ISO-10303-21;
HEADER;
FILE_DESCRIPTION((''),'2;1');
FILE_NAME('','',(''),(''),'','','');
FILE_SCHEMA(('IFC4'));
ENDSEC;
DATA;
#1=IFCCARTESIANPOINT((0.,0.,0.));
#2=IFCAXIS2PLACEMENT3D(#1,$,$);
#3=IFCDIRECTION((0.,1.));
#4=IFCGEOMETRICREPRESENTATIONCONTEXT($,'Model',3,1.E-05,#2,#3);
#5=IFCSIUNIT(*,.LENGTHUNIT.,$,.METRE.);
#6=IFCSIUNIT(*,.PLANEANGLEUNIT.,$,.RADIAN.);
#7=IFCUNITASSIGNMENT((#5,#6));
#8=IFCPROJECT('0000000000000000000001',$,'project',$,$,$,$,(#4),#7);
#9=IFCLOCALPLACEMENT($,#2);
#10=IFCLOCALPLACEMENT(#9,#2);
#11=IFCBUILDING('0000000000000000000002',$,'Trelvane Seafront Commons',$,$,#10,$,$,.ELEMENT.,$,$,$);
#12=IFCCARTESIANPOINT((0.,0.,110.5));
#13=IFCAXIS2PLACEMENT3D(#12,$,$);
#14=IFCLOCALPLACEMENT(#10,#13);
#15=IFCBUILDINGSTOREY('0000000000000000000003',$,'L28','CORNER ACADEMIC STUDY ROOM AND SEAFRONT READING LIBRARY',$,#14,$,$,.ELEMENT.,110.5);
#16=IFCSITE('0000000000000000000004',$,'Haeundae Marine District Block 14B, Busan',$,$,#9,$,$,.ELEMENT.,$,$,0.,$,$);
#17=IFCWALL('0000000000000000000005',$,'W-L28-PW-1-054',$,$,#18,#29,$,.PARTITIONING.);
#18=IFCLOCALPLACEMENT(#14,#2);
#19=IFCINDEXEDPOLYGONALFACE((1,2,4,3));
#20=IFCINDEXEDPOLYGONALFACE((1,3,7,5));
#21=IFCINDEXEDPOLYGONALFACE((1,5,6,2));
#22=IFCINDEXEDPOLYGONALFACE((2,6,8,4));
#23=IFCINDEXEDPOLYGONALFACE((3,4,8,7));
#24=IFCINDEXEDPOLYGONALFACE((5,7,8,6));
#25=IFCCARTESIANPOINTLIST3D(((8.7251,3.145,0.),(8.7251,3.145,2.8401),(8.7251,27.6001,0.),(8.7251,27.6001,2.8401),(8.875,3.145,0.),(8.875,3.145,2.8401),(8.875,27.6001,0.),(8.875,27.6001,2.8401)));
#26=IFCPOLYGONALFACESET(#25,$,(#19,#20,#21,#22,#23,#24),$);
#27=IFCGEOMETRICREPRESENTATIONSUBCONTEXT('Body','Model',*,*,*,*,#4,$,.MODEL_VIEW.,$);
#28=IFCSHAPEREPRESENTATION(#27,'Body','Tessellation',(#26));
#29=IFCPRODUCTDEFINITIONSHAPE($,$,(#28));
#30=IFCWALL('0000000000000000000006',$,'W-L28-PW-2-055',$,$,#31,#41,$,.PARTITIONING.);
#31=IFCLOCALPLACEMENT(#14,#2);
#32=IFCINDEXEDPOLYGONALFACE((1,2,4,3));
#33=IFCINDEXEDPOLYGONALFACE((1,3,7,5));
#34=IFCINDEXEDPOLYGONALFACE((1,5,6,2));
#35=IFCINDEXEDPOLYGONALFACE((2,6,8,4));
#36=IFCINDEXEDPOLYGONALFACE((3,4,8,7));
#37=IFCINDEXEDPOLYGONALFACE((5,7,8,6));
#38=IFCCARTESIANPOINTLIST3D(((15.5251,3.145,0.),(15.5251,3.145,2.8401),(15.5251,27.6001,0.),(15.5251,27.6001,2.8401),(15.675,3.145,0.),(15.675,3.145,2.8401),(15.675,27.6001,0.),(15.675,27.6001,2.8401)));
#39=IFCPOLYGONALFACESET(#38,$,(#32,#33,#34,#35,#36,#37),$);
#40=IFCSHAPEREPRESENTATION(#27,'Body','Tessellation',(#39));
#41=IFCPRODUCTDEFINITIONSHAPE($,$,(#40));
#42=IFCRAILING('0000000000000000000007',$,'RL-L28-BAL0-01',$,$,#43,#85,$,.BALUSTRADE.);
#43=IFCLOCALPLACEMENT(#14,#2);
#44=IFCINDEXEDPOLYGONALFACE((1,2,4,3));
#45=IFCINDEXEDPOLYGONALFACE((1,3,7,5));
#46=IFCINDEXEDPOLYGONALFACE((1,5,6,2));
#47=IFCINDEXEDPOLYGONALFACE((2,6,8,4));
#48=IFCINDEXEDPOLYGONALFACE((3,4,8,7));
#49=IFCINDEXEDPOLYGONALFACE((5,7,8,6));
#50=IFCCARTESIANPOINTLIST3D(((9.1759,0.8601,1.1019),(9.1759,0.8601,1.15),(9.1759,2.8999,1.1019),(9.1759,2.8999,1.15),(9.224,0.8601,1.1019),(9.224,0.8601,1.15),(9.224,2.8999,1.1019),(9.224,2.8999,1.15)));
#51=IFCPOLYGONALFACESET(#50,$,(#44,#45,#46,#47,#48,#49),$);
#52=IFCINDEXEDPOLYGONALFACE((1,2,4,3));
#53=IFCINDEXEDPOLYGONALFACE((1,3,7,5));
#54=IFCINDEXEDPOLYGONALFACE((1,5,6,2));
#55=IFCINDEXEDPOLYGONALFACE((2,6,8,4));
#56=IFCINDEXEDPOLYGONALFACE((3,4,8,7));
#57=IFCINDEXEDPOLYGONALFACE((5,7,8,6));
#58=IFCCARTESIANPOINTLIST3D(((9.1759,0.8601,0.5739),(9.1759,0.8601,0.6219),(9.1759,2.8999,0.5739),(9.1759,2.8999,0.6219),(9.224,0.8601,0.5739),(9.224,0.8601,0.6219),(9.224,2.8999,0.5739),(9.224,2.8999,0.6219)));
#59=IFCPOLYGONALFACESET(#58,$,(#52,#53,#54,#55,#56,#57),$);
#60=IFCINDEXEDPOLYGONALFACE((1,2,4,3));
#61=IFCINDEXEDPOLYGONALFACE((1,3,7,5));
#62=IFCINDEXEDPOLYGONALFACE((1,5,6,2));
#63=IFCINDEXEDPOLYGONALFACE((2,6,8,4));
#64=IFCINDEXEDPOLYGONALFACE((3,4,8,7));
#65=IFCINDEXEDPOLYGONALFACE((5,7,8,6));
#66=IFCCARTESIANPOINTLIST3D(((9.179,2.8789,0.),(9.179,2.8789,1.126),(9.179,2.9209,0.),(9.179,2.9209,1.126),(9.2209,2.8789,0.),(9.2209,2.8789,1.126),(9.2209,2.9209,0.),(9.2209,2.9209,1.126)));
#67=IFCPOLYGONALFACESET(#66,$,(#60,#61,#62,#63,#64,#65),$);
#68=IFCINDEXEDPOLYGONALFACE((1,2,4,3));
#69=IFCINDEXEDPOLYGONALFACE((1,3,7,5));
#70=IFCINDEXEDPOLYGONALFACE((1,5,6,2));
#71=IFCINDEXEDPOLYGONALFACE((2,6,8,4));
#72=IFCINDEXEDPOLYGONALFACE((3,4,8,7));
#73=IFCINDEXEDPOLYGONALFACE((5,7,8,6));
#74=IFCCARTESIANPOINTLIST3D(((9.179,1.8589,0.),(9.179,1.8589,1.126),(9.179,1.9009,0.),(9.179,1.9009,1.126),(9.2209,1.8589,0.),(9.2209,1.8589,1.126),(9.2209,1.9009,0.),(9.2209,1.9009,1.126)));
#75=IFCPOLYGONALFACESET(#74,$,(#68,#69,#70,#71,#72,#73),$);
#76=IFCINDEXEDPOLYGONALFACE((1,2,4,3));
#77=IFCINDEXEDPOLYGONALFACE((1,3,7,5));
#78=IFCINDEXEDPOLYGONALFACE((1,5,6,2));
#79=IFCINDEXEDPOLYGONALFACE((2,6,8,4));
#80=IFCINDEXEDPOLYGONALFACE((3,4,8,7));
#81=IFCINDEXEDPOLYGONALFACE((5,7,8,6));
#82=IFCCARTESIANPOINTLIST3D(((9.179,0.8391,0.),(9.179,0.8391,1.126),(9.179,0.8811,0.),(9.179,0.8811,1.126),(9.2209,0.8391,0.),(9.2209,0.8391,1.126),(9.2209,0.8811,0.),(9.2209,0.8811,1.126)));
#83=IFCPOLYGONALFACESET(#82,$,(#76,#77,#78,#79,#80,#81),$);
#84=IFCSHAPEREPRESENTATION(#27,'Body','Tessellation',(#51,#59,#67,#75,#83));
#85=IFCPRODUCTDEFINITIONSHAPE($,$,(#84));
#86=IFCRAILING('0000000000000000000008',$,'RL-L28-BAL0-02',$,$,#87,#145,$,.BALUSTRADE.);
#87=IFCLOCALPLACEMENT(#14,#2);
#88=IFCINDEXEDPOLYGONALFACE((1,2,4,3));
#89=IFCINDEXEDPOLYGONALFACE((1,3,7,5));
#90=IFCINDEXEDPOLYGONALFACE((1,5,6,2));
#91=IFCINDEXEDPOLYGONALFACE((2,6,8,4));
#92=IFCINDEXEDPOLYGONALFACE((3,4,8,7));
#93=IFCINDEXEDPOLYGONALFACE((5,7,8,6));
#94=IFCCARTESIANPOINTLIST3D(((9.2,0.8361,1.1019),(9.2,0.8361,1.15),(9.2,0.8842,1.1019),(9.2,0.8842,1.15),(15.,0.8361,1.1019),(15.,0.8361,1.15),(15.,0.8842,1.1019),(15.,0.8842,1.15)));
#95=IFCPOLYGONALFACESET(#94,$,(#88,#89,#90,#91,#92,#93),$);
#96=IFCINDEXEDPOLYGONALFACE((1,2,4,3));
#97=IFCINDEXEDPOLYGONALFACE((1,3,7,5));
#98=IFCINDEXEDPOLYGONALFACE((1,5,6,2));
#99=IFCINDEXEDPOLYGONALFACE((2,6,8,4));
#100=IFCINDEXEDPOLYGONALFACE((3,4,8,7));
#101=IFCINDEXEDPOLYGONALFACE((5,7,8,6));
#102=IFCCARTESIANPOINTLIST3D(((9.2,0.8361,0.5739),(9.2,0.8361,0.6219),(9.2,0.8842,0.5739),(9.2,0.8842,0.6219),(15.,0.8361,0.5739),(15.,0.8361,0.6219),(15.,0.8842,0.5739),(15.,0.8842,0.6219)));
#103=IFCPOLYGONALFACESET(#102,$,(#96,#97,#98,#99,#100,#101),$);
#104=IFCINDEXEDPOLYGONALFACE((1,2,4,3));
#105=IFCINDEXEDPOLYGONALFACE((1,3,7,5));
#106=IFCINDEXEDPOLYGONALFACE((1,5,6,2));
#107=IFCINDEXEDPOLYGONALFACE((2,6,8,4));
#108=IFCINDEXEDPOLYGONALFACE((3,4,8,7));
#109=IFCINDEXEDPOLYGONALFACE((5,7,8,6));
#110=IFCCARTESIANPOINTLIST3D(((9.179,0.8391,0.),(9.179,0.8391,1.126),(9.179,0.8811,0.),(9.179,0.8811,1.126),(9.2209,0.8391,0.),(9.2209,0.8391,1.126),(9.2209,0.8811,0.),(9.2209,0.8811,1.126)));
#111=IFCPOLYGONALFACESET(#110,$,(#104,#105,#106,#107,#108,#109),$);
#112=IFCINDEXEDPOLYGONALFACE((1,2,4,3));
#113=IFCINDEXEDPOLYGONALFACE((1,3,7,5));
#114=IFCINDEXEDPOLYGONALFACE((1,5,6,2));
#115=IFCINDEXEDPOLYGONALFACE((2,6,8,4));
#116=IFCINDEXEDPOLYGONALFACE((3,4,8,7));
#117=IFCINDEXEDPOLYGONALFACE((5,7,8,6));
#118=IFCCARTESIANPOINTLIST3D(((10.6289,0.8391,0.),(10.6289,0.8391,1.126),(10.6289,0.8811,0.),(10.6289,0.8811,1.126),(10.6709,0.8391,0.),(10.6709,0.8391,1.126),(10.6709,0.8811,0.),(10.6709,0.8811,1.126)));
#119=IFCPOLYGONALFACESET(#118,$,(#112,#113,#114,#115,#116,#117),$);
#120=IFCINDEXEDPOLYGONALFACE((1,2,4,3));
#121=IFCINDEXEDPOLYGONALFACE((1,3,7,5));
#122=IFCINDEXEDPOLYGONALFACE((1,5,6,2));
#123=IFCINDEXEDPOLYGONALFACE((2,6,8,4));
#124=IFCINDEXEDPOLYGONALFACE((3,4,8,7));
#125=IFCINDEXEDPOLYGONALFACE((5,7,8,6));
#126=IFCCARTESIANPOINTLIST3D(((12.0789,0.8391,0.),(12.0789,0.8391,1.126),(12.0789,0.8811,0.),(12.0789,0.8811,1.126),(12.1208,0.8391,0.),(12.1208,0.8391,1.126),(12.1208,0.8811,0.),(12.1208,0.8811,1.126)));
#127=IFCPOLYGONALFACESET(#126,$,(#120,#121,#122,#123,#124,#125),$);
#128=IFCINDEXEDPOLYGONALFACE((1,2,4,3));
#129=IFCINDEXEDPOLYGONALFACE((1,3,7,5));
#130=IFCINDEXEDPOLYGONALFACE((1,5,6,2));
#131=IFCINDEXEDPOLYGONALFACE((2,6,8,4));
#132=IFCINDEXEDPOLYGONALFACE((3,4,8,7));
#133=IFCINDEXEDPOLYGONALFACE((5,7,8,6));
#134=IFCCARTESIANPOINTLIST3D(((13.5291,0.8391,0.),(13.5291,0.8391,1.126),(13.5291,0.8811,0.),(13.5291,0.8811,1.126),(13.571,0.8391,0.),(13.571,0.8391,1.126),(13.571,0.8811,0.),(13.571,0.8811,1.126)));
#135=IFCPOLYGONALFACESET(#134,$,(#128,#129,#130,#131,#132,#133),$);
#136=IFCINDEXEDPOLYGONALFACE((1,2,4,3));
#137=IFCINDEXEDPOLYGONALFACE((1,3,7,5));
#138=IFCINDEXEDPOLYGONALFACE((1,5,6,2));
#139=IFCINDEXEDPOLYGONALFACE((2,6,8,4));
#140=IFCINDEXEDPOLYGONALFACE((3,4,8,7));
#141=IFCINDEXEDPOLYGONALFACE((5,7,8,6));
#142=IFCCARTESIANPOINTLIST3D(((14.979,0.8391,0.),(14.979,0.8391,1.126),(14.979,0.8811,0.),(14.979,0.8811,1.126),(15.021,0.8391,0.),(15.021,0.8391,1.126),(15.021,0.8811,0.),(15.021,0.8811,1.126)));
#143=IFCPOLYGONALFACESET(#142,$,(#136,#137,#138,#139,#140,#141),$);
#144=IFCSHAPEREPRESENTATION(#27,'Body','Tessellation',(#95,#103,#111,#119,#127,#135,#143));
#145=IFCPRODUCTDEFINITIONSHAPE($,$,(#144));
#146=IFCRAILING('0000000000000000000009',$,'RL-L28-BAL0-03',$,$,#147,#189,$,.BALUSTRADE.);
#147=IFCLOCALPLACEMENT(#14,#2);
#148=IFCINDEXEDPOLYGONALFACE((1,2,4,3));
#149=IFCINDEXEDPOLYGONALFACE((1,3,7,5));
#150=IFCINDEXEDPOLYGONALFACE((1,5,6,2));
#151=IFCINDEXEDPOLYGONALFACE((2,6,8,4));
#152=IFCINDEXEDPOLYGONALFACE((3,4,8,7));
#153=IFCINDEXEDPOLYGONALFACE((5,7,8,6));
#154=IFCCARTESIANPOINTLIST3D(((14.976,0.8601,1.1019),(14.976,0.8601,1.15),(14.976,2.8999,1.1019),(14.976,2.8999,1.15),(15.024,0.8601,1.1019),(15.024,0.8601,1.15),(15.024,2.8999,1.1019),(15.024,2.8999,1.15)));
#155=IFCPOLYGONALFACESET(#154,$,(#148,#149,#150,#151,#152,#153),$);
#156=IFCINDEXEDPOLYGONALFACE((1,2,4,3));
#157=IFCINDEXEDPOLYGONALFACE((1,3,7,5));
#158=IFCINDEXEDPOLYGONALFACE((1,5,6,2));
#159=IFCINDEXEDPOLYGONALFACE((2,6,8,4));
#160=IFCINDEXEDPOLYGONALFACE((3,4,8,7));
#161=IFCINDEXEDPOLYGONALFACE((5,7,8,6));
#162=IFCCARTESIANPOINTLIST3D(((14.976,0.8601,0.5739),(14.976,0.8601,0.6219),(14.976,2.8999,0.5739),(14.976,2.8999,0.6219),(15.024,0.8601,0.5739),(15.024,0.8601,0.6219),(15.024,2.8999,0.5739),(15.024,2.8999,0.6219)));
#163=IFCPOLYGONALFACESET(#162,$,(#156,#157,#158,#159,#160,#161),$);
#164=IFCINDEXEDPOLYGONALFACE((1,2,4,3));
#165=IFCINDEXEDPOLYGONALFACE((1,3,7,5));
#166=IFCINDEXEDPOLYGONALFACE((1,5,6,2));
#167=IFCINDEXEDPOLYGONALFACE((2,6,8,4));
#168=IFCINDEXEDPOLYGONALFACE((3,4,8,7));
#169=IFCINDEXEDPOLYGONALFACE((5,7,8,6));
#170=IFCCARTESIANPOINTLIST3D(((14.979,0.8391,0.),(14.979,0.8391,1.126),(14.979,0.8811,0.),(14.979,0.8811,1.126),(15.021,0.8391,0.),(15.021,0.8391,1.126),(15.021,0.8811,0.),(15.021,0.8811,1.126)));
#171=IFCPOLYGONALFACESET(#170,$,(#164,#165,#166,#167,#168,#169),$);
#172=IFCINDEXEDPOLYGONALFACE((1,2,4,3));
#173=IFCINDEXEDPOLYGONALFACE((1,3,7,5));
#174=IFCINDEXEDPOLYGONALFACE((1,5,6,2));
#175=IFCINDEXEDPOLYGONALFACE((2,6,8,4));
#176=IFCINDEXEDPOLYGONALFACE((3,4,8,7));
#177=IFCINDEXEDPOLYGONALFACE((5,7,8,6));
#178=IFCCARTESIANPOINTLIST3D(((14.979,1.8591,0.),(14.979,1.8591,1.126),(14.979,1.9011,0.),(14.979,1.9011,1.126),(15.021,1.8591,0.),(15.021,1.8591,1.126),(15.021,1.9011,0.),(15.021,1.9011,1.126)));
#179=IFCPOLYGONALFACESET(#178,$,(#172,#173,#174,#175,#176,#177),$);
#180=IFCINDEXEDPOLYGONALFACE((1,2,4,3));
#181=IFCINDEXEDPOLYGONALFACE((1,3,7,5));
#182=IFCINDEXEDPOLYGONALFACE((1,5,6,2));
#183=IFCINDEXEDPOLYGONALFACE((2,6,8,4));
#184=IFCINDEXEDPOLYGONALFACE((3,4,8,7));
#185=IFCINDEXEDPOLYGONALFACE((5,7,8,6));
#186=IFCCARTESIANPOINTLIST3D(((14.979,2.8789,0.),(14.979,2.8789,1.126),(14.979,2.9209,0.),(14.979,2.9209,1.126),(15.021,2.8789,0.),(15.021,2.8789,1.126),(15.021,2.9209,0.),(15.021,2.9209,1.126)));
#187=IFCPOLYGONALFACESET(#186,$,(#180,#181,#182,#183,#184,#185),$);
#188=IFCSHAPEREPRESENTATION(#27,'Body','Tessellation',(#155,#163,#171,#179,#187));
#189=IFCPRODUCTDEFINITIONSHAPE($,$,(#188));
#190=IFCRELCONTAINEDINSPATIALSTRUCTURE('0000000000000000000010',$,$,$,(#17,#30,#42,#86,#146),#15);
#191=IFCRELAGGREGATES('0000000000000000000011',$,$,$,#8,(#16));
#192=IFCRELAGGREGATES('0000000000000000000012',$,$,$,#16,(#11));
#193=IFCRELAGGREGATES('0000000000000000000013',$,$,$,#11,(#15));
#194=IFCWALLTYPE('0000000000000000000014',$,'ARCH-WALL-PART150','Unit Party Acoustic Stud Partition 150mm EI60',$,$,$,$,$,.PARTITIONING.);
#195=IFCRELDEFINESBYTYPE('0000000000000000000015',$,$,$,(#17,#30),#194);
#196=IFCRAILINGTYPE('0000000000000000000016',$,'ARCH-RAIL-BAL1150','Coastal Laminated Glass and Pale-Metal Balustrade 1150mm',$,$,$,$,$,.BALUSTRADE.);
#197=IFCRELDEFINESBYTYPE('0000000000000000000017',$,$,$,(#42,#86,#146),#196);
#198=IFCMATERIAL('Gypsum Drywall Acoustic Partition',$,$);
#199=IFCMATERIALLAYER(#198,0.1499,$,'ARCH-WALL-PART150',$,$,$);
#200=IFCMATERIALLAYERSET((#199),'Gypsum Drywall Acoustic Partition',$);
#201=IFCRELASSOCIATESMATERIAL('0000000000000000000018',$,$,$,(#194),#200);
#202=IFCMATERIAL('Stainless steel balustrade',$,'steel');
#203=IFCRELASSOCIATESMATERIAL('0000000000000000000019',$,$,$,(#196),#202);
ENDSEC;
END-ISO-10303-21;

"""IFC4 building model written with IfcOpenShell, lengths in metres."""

from ifc_helpers import new_model, si_unit, direction, frame, frame_2d, origin, origin_2d, place, context, subcontext, project, spatial, rectangle, extrude, material, layer, layer_set, type_object, element, save


model = new_model("IFC4")

# Units and contexts
model_context = context("Model", 3, precision=1e-05, world=origin(), true_north=direction((0.0, 1.0)))
body_context = subcontext(model_context, "Body", "Model", "MODEL_VIEW")
ifc_project = project(units=[si_unit("LENGTHUNIT", "METRE"), si_unit("PLANEANGLEUNIT", "RADIAN")], contexts=[model_context])

# Site, building, storey
site_placement = place(None, origin())
site = spatial("IfcSite", under=ifc_project, at=site_placement, Name="Haeundae Marine District Block 14B, Busan", CompositionType="ELEMENT", RefElevation=0.0)
building_placement = place(site_placement, origin())
building = spatial("IfcBuilding", under=site, at=building_placement, Name="Trelvane Seafront Commons", CompositionType="ELEMENT")
storey_placement = place(building_placement, frame((0.0, 0.0, 110.5)))
storey = spatial("IfcBuildingStorey", under=building, at=storey_placement, Name="L28", Description="CORNER ACADEMIC STUDY ROOM AND SEAFRONT READING LIBRARY", CompositionType="ELEMENT", Elevation=110.5)

# Walls
ifc_material_1 = material(Name="Gypsum Drywall Acoustic Partition")
ifc_layer_1 = layer(ifc_material_1, 0.1499, Name="ARCH-WALL-PART150")
ifc_layer_set_1 = layer_set([ifc_layer_1], Name="Gypsum Drywall Acoustic Partition")
wall_type_1 = type_object("IfcWallType", Name="ARCH-WALL-PART150", Description="Unit Party Acoustic Stud Partition 150mm EI60", PredefinedType="PARTITIONING", material=ifc_layer_set_1)
for number, where, z_axis, x_axis, name in (
    (1, (8.8, 3.145, 0.0), (0.0, 0.0, 1.0), (0.0, 1.0, 0.0), "W-L28-PW-1-054"),
    (2, (15.6001, 3.145, 0.0), (0.0, 0.0, 1.0), (0.0, 1.0, 0.0), "W-L28-PW-2-055"),
):
    element("IfcWall", number, at=place(storey_placement, frame(where, z_axis=z_axis, x_axis=x_axis)), inside=storey, type_object=wall_type_1, Name=name, PredefinedType="PARTITIONING", context=body_context, shape_type="SweptSolid", body=[
        extrude(rectangle(XDim=24.4551, YDim=0.1499, at=frame_2d((12.2275, 0.0))), origin(), (0.0, 0.0, 1.0), 2.8401),
    ])

# Railings
ifc_material_2 = material(Name="Stainless steel balustrade", Category="steel")
railing_type = type_object("IfcRailingType", Name="ARCH-RAIL-BAL1150", Description="Coastal Laminated Glass and Pale-Metal Balustrade 1150mm", PredefinedType="BALUSTRADE", material=ifc_material_2)
railing_1_placement = place(storey_placement, frame((9.2, 2.8999, 0.0)))
element("IfcRailing", 3, at=railing_1_placement, inside=storey, type_object=railing_type, Name="RL-L28-BAL0-01", PredefinedType="BALUSTRADE", context=body_context, shape_type="SweptSolid", body=[
    extrude(rectangle(XDim=0.0481, YDim=0.0481, at=origin_2d()), frame((0.0, 0.0, 1.126), z_axis=(0.0, -1.0, 0.0), x_axis=(1.0, 0.0, 0.0)), (0.0, 0.0, 1.0), 2.0398),
    extrude(rectangle(XDim=0.0481, YDim=0.0481, at=origin_2d()), frame((0.0, 0.0, 0.5979), z_axis=(0.0, -1.0, 0.0), x_axis=(1.0, 0.0, 0.0)), (0.0, 0.0, 1.0), 2.0398),
    extrude(rectangle(XDim=0.042, YDim=0.042, at=origin_2d()), origin(), (0.0, 0.0, 1.0), 1.126),
    extrude(rectangle(XDim=0.042, YDim=0.042, at=origin_2d()), frame((0.0, -1.02, 0.0)), (0.0, 0.0, 1.0), 1.126),
    extrude(rectangle(XDim=0.042, YDim=0.042, at=origin_2d()), frame((0.0, -2.0398, 0.0)), (0.0, 0.0, 1.0), 1.126),
])
railing_2_placement = place(storey_placement, frame((9.2, 0.8601, 0.0)))
element("IfcRailing", 4, at=railing_2_placement, inside=storey, type_object=railing_type, Name="RL-L28-BAL0-02", PredefinedType="BALUSTRADE", context=body_context, shape_type="SweptSolid", body=[
    extrude(rectangle(XDim=0.0481, YDim=0.0481, at=origin_2d()), frame((0.0, 0.0, 1.126), z_axis=(1.0, 0.0, 0.0), x_axis=(0.0, 1.0, 0.0)), (0.0, 0.0, 1.0), 5.8),
    extrude(rectangle(XDim=0.0481, YDim=0.0481, at=origin_2d()), frame((0.0, 0.0, 0.5979), z_axis=(1.0, 0.0, 0.0), x_axis=(0.0, 1.0, 0.0)), (0.0, 0.0, 1.0), 5.8),
    extrude(rectangle(XDim=0.042, YDim=0.042, at=origin_2d()), origin(), (0.0, 0.0, 1.0), 1.126),
    extrude(rectangle(XDim=0.042, YDim=0.042, at=origin_2d()), frame((1.45, 0.0, 0.0)), (0.0, 0.0, 1.0), 1.126),
    extrude(rectangle(XDim=0.042, YDim=0.042, at=origin_2d()), frame((2.8999, 0.0, 0.0)), (0.0, 0.0, 1.0), 1.126),
    extrude(rectangle(XDim=0.042, YDim=0.042, at=origin_2d()), frame((4.3501, 0.0, 0.0)), (0.0, 0.0, 1.0), 1.126),
    extrude(rectangle(XDim=0.042, YDim=0.042, at=origin_2d()), frame((5.8, 0.0, 0.0)), (0.0, 0.0, 1.0), 1.126),
])
railing_3_placement = place(storey_placement, frame((15.0, 0.8601, 0.0)))
element("IfcRailing", 5, at=railing_3_placement, inside=storey, type_object=railing_type, Name="RL-L28-BAL0-03", PredefinedType="BALUSTRADE", context=body_context, shape_type="SweptSolid", body=[
    extrude(rectangle(XDim=0.0481, YDim=0.0481, at=origin_2d()), frame((0.0, 0.0, 1.126), z_axis=(0.0, 1.0, 0.0), x_axis=(-1.0, 0.0, 0.0)), (0.0, 0.0, 1.0), 2.0398),
    extrude(rectangle(XDim=0.0481, YDim=0.0481, at=origin_2d()), frame((0.0, 0.0, 0.5979), z_axis=(0.0, 1.0, 0.0), x_axis=(-1.0, 0.0, 0.0)), (0.0, 0.0, 1.0), 2.0398),
    extrude(rectangle(XDim=0.042, YDim=0.042, at=origin_2d()), origin(), (0.0, 0.0, 1.0), 1.126),
    extrude(rectangle(XDim=0.042, YDim=0.042, at=origin_2d()), frame((0.0, 1.02, 0.0)), (0.0, 0.0, 1.0), 1.126),
    extrude(rectangle(XDim=0.042, YDim=0.042, at=origin_2d()), frame((0.0, 2.0398, 0.0)), (0.0, 0.0, 1.0), 1.126),
])

save(model, "model.ifc")
